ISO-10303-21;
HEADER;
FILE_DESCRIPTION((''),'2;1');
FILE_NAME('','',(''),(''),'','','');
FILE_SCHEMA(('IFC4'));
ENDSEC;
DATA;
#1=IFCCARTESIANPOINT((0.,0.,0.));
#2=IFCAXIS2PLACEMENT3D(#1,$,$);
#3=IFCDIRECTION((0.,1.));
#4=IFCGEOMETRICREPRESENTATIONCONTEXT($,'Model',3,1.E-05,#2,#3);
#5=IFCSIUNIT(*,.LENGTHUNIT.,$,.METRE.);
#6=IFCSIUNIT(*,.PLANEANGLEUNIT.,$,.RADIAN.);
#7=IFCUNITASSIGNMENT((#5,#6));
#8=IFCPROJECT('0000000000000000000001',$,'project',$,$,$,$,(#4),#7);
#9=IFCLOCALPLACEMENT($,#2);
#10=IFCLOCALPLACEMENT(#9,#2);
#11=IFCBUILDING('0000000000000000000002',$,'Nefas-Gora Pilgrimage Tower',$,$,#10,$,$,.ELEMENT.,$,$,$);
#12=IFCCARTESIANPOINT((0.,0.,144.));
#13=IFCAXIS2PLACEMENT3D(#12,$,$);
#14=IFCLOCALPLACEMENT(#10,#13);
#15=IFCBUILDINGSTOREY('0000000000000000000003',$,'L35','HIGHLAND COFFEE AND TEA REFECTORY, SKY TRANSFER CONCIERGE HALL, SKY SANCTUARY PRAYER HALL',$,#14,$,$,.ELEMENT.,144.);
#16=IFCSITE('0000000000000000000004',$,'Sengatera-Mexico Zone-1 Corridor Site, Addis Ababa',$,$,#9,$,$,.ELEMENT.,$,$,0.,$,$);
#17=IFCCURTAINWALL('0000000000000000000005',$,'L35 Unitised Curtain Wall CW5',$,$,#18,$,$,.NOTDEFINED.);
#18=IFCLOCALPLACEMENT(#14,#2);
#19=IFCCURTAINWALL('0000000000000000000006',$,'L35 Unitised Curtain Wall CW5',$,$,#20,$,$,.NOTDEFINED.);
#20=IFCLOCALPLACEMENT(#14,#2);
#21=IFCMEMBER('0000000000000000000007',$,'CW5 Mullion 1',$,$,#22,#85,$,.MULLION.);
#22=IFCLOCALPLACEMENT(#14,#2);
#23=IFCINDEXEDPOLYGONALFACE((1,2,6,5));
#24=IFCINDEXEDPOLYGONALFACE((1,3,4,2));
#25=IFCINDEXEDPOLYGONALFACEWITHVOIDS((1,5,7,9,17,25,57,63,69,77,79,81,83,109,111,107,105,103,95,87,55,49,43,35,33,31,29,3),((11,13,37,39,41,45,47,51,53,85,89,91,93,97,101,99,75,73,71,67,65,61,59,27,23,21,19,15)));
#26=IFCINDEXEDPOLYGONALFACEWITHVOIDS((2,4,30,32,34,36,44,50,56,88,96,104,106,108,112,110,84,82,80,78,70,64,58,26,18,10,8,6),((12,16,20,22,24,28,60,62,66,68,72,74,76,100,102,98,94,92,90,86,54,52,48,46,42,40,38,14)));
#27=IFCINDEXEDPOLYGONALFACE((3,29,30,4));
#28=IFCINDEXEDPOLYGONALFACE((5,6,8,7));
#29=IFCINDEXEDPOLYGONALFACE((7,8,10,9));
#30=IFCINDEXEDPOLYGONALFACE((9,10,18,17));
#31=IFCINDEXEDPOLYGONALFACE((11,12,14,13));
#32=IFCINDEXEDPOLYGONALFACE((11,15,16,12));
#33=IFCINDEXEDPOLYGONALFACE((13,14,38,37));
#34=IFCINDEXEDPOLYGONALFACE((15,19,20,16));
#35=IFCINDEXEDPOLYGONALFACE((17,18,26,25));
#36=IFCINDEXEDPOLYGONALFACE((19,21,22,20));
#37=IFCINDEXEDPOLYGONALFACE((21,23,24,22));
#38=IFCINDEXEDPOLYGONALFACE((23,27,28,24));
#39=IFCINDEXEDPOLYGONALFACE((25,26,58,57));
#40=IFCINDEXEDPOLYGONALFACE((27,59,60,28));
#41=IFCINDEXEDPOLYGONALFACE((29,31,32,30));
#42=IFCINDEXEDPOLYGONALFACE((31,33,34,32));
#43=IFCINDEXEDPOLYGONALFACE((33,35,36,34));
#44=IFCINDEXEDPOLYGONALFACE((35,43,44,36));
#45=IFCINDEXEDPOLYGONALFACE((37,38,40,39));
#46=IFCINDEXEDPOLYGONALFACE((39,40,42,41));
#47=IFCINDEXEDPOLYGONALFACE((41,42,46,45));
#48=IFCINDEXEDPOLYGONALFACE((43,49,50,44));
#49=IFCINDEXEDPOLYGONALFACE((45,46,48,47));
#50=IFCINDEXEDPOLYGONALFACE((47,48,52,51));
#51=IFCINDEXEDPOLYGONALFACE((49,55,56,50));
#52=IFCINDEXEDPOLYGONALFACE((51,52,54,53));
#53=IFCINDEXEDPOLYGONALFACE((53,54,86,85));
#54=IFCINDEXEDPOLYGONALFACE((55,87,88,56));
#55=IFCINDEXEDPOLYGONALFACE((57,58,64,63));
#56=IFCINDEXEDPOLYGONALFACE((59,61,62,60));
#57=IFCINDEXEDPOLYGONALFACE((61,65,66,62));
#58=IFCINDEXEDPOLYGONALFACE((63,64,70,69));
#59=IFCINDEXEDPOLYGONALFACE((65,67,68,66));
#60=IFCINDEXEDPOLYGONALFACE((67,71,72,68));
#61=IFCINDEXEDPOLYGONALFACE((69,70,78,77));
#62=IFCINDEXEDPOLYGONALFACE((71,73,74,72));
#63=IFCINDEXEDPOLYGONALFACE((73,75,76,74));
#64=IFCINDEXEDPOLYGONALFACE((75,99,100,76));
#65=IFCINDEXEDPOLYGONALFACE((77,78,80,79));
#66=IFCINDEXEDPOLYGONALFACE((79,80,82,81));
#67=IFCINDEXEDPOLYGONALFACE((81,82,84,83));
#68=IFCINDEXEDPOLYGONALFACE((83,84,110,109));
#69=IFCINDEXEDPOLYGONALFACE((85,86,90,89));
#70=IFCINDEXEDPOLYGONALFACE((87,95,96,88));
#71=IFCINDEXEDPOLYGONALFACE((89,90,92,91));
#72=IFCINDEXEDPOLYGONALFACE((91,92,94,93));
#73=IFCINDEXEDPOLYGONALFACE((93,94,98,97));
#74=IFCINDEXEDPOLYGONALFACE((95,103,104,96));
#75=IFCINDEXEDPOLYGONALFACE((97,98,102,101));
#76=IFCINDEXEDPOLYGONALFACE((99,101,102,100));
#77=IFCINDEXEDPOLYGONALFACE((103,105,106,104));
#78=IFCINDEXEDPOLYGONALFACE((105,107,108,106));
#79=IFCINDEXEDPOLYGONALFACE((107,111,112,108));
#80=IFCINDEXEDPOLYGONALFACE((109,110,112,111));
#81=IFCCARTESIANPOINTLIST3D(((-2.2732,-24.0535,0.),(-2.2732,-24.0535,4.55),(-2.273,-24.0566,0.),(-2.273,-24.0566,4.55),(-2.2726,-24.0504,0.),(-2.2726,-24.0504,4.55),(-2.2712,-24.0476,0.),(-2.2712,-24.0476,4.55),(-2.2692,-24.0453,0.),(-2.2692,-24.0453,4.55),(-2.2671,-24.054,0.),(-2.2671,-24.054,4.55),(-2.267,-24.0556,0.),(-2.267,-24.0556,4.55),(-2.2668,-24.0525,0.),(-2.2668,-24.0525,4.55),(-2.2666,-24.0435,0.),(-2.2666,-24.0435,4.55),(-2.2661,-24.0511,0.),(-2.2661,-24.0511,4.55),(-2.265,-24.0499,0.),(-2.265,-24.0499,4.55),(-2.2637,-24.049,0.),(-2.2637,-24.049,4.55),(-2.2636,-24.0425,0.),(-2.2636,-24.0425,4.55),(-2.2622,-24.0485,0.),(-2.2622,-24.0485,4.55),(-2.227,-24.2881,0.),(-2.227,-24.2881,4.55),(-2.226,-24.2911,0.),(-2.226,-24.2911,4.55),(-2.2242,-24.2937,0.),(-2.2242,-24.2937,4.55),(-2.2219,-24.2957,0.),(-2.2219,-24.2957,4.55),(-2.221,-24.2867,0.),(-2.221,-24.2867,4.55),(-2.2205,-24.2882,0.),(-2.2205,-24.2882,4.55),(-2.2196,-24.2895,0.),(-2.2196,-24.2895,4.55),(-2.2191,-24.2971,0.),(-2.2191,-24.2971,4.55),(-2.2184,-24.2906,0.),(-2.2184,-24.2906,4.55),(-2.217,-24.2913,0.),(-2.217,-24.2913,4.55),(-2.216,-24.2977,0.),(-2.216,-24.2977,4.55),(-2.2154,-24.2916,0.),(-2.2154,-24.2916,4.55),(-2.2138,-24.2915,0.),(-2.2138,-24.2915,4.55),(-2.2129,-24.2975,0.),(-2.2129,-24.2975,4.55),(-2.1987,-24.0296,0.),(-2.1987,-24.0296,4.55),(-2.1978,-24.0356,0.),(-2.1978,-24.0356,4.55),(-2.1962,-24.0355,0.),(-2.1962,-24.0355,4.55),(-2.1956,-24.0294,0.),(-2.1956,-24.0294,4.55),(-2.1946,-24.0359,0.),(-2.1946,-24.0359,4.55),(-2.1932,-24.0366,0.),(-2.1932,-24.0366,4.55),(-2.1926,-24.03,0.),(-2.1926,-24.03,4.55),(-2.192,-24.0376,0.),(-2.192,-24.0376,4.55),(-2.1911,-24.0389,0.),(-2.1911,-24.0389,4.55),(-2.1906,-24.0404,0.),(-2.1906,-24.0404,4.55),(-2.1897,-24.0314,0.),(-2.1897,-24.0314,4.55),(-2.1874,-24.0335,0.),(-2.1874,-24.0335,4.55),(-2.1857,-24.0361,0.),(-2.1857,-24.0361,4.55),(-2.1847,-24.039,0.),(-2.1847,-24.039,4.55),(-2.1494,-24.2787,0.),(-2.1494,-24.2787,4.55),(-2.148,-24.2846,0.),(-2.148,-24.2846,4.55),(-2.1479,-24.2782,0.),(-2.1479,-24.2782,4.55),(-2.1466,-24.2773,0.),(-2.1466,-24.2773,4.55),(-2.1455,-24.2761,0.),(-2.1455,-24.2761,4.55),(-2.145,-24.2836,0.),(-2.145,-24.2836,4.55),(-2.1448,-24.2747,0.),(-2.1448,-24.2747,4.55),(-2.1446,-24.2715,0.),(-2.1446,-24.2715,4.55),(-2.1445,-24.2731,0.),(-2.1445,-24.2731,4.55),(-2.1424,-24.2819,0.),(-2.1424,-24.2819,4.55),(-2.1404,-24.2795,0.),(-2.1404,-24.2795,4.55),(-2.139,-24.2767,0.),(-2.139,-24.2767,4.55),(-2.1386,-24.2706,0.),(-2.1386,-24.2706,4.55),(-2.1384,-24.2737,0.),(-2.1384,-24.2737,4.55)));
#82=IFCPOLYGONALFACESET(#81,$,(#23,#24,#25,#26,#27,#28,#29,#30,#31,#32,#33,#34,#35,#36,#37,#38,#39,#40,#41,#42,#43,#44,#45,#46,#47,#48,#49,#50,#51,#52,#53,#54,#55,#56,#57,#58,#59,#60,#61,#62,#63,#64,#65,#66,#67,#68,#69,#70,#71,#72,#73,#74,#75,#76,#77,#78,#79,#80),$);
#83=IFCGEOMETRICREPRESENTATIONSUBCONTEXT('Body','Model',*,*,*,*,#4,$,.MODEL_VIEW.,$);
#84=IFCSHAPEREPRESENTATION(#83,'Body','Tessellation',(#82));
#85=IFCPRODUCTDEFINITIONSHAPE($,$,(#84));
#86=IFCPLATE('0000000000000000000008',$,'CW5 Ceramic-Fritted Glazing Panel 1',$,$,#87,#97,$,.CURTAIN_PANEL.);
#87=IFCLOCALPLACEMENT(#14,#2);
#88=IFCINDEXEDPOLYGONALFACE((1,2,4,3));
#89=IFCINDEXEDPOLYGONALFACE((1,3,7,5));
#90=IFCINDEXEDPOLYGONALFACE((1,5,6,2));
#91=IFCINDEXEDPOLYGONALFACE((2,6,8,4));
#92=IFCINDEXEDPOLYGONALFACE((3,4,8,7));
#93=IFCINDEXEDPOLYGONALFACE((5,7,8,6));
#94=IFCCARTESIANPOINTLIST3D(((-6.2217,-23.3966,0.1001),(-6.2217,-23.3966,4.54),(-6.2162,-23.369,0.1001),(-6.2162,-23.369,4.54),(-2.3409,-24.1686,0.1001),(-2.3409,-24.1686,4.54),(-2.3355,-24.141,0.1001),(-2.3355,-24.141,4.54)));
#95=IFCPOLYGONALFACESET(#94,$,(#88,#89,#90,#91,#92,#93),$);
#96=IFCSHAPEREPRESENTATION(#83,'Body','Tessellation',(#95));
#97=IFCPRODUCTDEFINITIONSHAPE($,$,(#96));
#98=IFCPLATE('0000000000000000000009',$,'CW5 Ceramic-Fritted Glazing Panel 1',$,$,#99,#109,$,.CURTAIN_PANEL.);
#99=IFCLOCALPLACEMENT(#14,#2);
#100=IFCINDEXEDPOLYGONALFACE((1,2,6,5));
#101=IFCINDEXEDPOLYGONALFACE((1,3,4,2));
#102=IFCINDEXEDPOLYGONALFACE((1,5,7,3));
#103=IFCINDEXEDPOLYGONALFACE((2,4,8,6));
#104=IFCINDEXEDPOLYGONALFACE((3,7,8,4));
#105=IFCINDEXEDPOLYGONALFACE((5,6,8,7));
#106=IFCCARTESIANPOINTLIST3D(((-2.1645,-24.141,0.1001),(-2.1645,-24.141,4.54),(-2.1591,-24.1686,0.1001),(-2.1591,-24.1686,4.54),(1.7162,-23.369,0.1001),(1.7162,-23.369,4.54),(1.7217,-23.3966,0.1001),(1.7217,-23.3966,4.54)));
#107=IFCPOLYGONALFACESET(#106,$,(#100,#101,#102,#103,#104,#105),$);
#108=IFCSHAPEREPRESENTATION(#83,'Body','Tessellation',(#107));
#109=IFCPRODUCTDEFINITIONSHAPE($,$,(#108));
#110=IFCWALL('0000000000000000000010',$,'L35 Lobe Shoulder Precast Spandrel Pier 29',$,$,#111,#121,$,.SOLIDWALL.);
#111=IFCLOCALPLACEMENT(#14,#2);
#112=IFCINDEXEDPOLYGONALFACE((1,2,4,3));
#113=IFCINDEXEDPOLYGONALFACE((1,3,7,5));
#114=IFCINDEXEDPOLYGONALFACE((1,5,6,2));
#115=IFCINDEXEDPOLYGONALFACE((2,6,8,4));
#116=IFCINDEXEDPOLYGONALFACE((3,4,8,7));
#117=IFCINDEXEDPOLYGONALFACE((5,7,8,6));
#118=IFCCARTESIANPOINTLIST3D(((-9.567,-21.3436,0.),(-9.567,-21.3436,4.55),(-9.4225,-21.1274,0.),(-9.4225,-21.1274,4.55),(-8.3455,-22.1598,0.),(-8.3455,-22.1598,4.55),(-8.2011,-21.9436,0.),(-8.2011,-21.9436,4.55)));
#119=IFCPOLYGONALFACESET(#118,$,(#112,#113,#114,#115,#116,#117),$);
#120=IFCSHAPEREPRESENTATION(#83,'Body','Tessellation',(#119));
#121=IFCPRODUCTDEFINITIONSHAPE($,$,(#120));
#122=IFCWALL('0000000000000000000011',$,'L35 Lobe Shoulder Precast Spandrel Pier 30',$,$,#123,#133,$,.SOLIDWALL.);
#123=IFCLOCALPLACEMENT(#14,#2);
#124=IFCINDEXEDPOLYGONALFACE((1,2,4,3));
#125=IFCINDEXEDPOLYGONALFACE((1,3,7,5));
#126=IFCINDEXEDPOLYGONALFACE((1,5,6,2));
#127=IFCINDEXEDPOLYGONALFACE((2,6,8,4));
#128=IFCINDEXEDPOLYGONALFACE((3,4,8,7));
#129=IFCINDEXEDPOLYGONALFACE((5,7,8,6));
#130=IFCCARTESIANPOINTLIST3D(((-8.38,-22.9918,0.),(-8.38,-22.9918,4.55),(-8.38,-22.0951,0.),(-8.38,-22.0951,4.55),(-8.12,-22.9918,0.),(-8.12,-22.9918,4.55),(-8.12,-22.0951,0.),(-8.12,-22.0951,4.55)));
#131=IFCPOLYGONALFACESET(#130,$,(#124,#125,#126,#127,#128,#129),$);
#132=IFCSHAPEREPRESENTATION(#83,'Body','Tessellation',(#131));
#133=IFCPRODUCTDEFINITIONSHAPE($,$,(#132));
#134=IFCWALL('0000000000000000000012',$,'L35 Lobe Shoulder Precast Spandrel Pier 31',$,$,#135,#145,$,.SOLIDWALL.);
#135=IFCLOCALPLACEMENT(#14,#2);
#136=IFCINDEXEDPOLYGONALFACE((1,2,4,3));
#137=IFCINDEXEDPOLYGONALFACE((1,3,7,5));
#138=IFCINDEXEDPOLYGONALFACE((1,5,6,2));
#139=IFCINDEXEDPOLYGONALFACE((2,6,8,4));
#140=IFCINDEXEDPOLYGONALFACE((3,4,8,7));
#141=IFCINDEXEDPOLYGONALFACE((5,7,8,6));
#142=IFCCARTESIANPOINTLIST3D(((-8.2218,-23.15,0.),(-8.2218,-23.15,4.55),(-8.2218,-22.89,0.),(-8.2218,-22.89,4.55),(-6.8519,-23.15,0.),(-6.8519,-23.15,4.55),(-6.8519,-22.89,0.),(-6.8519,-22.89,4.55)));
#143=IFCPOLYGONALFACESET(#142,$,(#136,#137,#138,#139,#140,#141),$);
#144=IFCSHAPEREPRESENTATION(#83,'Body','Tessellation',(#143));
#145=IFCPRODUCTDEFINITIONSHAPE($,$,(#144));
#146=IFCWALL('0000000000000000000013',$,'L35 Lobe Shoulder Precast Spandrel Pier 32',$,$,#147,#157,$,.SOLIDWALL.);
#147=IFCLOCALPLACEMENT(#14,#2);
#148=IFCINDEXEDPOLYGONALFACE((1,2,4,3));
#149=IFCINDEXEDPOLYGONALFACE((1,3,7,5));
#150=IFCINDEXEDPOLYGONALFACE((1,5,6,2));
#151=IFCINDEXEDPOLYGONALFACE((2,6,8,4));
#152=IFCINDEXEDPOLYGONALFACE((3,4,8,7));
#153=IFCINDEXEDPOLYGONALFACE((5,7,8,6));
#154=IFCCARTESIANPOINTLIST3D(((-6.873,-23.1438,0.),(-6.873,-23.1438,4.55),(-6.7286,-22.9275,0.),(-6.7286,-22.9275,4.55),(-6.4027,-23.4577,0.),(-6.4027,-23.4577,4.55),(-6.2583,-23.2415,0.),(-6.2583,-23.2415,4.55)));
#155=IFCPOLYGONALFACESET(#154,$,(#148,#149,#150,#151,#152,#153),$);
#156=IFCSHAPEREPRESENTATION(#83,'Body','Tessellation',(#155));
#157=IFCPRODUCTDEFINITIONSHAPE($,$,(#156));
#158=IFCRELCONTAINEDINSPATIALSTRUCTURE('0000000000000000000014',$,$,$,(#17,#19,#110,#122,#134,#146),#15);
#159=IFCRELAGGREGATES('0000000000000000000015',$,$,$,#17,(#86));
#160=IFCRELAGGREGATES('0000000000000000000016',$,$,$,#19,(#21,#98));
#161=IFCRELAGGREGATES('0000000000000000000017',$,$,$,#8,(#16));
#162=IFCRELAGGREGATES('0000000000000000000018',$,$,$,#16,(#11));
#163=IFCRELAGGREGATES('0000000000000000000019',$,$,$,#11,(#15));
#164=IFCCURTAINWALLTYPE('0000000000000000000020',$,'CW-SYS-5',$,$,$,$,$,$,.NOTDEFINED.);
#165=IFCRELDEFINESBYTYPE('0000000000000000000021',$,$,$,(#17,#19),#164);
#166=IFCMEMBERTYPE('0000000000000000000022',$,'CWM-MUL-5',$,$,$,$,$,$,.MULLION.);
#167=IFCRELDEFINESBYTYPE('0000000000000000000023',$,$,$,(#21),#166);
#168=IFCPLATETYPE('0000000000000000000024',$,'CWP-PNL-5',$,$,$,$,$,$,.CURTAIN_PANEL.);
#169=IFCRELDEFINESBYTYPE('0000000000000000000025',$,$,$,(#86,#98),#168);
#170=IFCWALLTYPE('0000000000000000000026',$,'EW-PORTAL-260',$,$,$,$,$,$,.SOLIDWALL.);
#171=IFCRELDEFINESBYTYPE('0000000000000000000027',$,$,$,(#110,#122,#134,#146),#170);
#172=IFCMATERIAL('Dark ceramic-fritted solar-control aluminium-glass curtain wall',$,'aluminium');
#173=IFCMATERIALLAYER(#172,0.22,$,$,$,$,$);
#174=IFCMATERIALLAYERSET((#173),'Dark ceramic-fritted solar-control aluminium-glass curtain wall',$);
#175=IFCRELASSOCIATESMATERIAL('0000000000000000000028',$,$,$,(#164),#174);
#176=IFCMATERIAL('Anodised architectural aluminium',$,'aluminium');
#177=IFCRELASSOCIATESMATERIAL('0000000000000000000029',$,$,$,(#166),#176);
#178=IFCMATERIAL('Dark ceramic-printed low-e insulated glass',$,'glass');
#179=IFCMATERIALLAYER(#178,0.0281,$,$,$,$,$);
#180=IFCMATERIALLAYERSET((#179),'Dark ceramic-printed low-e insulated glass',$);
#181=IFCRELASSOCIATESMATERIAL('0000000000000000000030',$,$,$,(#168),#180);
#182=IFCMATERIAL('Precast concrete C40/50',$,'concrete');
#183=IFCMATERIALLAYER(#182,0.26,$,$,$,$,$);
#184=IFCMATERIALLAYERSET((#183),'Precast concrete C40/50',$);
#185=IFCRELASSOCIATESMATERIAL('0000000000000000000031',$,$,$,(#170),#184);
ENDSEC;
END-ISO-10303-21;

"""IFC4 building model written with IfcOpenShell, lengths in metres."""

from ifc_helpers import new_model, si_unit, direction, frame, frame_2d, origin, origin_2d, place, context, subcontext, project, spatial, rectangle, hollow_rectangle, extrude, source, transform, mapped, material, layer, layer_set, material_profile, profile_set, type_object, element, aggregate, save


model = new_model("IFC4")

# Units and contexts
model_context = context("Model", 3, precision=1e-05, world=origin(), true_north=direction((0.0, 1.0)))
body_context = subcontext(model_context, "Body", "Model", "MODEL_VIEW")
ifc_project = project(units=[si_unit("LENGTHUNIT", "METRE"), si_unit("PLANEANGLEUNIT", "RADIAN")], contexts=[model_context])

# Site, building, storey
site_placement = place(None, origin())
site = spatial("IfcSite", under=ifc_project, at=site_placement, Name="Sengatera-Mexico Zone-1 Corridor Site, Addis Ababa", CompositionType="ELEMENT", RefElevation=0.0)
building_placement = place(site_placement, origin())
building = spatial("IfcBuilding", under=site, at=building_placement, Name="Nefas-Gora Pilgrimage Tower", CompositionType="ELEMENT")
storey_placement = place(building_placement, frame((0.0, 0.0, 144.0)))
storey = spatial("IfcBuildingStorey", under=building, at=storey_placement, Name="L35", Description="HIGHLAND COFFEE AND TEA REFECTORY, SKY TRANSFER CONCIERGE HALL, SKY SANCTUARY PRAYER HALL", CompositionType="ELEMENT", Elevation=144.0)

# Curtain walls
ifc_material_1 = material(Name="Dark ceramic-fritted solar-control aluminium-glass curtain wall", Category="aluminium")
ifc_layer_1 = layer(ifc_material_1, 0.22)
ifc_layer_set_1 = layer_set([ifc_layer_1], Name="Dark ceramic-fritted solar-control aluminium-glass curtain wall")
curtain_wall_type = type_object("IfcCurtainWallType", Name="CW-SYS-5", PredefinedType="NOTDEFINED", material=ifc_layer_set_1)
curtain_wall_1_placement = place(storey_placement, origin())
curtain_wall_1 = element("IfcCurtainWall", 1, at=curtain_wall_1_placement, inside=storey, type_object=curtain_wall_type, Name="L35 Unitised Curtain Wall CW5", PredefinedType="NOTDEFINED")
ifc_material_2 = material(Name="Anodised architectural aluminium", Category="aluminium")
curtain_wall_2_placement = place(storey_placement, origin())
curtain_wall_2 = element("IfcCurtainWall", 2, at=curtain_wall_2_placement, inside=storey, type_object=curtain_wall_type, Name="L35 Unitised Curtain Wall CW5", PredefinedType="NOTDEFINED")
ifc_material_profile_1 = material_profile(ifc_material_2, hollow_rectangle(XDim=0.0901, YDim=0.26, WallThickness=0.0061, InnerFilletRadius=0.0061, OuterFilletRadius=0.012, at=origin_2d()), Name="ALU MULLION 90x260")
ifc_profile_set_1 = profile_set([ifc_material_profile_1], Name="Anodised architectural aluminium")
member_type_1 = type_object("IfcMemberType", Name="CWM-MUL-5", PredefinedType="MULLION", material=ifc_profile_set_1)
shared_shape_1 = source(origin(), body_context, "Body", "SweptSolid", [
    extrude(hollow_rectangle(XDim=0.0901, YDim=0.26, WallThickness=0.0061, InnerFilletRadius=0.0061, OuterFilletRadius=0.012, at=origin_2d()), origin(), (0.0, 0.0, 1.0), 4.55),
])

# Member
member_1_placement = place(storey_placement, frame((-2.2058, -24.1636, 0.0), z_axis=(0.0, 0.0, 1.0), x_axis=(0.980783, 0.195102, 0.0)))
member_1 = element("IfcMember", 3, at=member_1_placement, type_object=member_type_1, Name="CW5 Mullion 1", PredefinedType="MULLION", context=body_context, shape_type="MappedRepresentation", body=[
    mapped(shared_shape_1, transform((0.0, 0.0, 0.0), x_axis=(1.0, 0.0, 0.0), y_axis=(0.0, 1.0, 0.0), z_axis=(0.0, 0.0, 1.0), scale=1.0)),
])

# Plates
ifc_material_3 = material(Name="Dark ceramic-printed low-e insulated glass", Category="glass")
ifc_layer_2 = layer(ifc_material_3, 0.0281)
ifc_layer_set_2 = layer_set([ifc_layer_2], Name="Dark ceramic-printed low-e insulated glass")
plate_type = type_object("IfcPlateType", Name="CWP-PNL-5", PredefinedType="CURTAIN_PANEL", material=ifc_layer_set_2)
shared_shape_2 = source(origin(), body_context, "Body", "SweptSolid", [
    extrude(rectangle(XDim=3.9568, YDim=0.0281, at=origin_2d()), origin(), (0.0, 0.0, 1.0), 4.4399),
])
plate_1_placement = place(storey_placement, frame((-4.2786, -23.7688, 0.1001), z_axis=(0.0, 0.0, 1.0), x_axis=(0.980783, -0.195102, 0.0)))
plate_1 = element("IfcPlate", 4, at=plate_1_placement, type_object=plate_type, Name="CW5 Ceramic-Fritted Glazing Panel 1", PredefinedType="CURTAIN_PANEL", context=body_context, shape_type="MappedRepresentation", body=[
    mapped(shared_shape_2, transform((0.0, 0.0, 0.0), x_axis=(1.0, 0.0, 0.0), y_axis=(0.0, 1.0, 0.0), z_axis=(0.0, 0.0, 1.0), scale=1.0)),
])
aggregate(curtain_wall_1, [plate_1])
plate_2_placement = place(storey_placement, frame((-0.2214, -23.7688, 0.1001), z_axis=(0.0, 0.0, 1.0), x_axis=(0.980783, 0.195102, 0.0)))
plate_2 = element("IfcPlate", 5, at=plate_2_placement, type_object=plate_type, Name="CW5 Ceramic-Fritted Glazing Panel 1", PredefinedType="CURTAIN_PANEL", context=body_context, shape_type="MappedRepresentation", body=[
    mapped(shared_shape_2, transform((0.0, 0.0, 0.0), x_axis=(1.0, 0.0, 0.0), y_axis=(0.0, 1.0, 0.0), z_axis=(0.0, 0.0, 1.0), scale=1.0)),
])
aggregate(curtain_wall_2, [member_1, plate_2])

# Walls
ifc_material_4 = material(Name="Precast concrete C40/50", Category="concrete")
ifc_layer_3 = layer(ifc_material_4, 0.26)
ifc_layer_set_3 = layer_set([ifc_layer_3], Name="Precast concrete C40/50")
wall_type_1 = type_object("IfcWallType", Name="EW-PORTAL-260", PredefinedType="SOLIDWALL", material=ifc_layer_set_3)
shared_shape_3 = source(origin(), body_context, "Body", "SweptSolid", [
    extrude(rectangle(XDim=1.469, YDim=0.26, at=frame_2d((0.7344, 0.0))), origin(), (0.0, 0.0, 1.0), 4.55),
])
wall_1_placement = place(storey_placement, frame((-9.4946, -21.2356, 0.0), z_axis=(0.0, 0.0, 1.0), x_axis=(0.831462, -0.555582, 0.0)))
element("IfcWall", 6, at=wall_1_placement, inside=storey, type_object=wall_type_1, Name="L35 Lobe Shoulder Precast Spandrel Pier 29", PredefinedType="SOLIDWALL", context=body_context, shape_type="MappedRepresentation", body=[
    mapped(shared_shape_3, transform((0.0, 0.0, 0.0), x_axis=(1.0, 0.0, 0.0), y_axis=(0.0, 1.0, 0.0), z_axis=(0.0, 0.0, 1.0), scale=1.0)),
])
shared_shape_4 = source(origin(), body_context, "Body", "SweptSolid", [
    extrude(rectangle(XDim=0.8967, YDim=0.26, at=frame_2d((0.4482, 0.0))), origin(), (0.0, 0.0, 1.0), 4.55),
])
wall_2_placement = place(storey_placement, frame((-8.25, -22.0952, 0.0), z_axis=(0.0, 0.0, 1.0), x_axis=(0.0, -1.0, 0.0)))
element("IfcWall", 7, at=wall_2_placement, inside=storey, type_object=wall_type_1, Name="L35 Lobe Shoulder Precast Spandrel Pier 30", PredefinedType="SOLIDWALL", context=body_context, shape_type="MappedRepresentation", body=[
    mapped(shared_shape_4, transform((0.0, 0.0, 0.0), x_axis=(1.0, 0.0, 0.0), y_axis=(0.0, 1.0, 0.0), z_axis=(0.0, 0.0, 1.0), scale=1.0)),
])
shared_shape_5 = source(origin(), body_context, "Body", "SweptSolid", [
    extrude(rectangle(XDim=1.3699, YDim=0.26, at=frame_2d((0.6851, 0.0))), origin(), (0.0, 0.0, 1.0), 4.55),
])
wall_3_placement = place(storey_placement, frame((-8.2219, -23.02, 0.0), z_axis=(0.0, 0.0, 1.0), x_axis=(1.0, 0.0, 0.0)))
element("IfcWall", 8, at=wall_3_placement, inside=storey, type_object=wall_type_1, Name="L35 Lobe Shoulder Precast Spandrel Pier 31", PredefinedType="SOLIDWALL", context=body_context, shape_type="MappedRepresentation", body=[
    mapped(shared_shape_5, transform((0.0, 0.0, 0.0), x_axis=(1.0, 0.0, 0.0), y_axis=(0.0, 1.0, 0.0), z_axis=(0.0, 0.0, 1.0), scale=1.0)),
])
shared_shape_6 = source(origin(), body_context, "Body", "SweptSolid", [
    extrude(rectangle(XDim=0.5654, YDim=0.26, at=frame_2d((0.2827, 0.0))), origin(), (0.0, 0.0, 1.0), 4.55),
])
wall_4_placement = place(storey_placement, frame((-6.8008, -23.0356, 0.0), z_axis=(0.0, 0.0, 1.0), x_axis=(0.831651, -0.555298, 0.0)))
element("IfcWall", 9, at=wall_4_placement, inside=storey, type_object=wall_type_1, Name="L35 Lobe Shoulder Precast Spandrel Pier 32", PredefinedType="SOLIDWALL", context=body_context, shape_type="MappedRepresentation", body=[
    mapped(shared_shape_6, transform((0.0, 0.0, 0.0), x_axis=(1.0, 0.0, 0.0), y_axis=(0.0, 1.0, 0.0), z_axis=(0.0, 0.0, 1.0), scale=1.0)),
])

save(model, "model.ifc")
